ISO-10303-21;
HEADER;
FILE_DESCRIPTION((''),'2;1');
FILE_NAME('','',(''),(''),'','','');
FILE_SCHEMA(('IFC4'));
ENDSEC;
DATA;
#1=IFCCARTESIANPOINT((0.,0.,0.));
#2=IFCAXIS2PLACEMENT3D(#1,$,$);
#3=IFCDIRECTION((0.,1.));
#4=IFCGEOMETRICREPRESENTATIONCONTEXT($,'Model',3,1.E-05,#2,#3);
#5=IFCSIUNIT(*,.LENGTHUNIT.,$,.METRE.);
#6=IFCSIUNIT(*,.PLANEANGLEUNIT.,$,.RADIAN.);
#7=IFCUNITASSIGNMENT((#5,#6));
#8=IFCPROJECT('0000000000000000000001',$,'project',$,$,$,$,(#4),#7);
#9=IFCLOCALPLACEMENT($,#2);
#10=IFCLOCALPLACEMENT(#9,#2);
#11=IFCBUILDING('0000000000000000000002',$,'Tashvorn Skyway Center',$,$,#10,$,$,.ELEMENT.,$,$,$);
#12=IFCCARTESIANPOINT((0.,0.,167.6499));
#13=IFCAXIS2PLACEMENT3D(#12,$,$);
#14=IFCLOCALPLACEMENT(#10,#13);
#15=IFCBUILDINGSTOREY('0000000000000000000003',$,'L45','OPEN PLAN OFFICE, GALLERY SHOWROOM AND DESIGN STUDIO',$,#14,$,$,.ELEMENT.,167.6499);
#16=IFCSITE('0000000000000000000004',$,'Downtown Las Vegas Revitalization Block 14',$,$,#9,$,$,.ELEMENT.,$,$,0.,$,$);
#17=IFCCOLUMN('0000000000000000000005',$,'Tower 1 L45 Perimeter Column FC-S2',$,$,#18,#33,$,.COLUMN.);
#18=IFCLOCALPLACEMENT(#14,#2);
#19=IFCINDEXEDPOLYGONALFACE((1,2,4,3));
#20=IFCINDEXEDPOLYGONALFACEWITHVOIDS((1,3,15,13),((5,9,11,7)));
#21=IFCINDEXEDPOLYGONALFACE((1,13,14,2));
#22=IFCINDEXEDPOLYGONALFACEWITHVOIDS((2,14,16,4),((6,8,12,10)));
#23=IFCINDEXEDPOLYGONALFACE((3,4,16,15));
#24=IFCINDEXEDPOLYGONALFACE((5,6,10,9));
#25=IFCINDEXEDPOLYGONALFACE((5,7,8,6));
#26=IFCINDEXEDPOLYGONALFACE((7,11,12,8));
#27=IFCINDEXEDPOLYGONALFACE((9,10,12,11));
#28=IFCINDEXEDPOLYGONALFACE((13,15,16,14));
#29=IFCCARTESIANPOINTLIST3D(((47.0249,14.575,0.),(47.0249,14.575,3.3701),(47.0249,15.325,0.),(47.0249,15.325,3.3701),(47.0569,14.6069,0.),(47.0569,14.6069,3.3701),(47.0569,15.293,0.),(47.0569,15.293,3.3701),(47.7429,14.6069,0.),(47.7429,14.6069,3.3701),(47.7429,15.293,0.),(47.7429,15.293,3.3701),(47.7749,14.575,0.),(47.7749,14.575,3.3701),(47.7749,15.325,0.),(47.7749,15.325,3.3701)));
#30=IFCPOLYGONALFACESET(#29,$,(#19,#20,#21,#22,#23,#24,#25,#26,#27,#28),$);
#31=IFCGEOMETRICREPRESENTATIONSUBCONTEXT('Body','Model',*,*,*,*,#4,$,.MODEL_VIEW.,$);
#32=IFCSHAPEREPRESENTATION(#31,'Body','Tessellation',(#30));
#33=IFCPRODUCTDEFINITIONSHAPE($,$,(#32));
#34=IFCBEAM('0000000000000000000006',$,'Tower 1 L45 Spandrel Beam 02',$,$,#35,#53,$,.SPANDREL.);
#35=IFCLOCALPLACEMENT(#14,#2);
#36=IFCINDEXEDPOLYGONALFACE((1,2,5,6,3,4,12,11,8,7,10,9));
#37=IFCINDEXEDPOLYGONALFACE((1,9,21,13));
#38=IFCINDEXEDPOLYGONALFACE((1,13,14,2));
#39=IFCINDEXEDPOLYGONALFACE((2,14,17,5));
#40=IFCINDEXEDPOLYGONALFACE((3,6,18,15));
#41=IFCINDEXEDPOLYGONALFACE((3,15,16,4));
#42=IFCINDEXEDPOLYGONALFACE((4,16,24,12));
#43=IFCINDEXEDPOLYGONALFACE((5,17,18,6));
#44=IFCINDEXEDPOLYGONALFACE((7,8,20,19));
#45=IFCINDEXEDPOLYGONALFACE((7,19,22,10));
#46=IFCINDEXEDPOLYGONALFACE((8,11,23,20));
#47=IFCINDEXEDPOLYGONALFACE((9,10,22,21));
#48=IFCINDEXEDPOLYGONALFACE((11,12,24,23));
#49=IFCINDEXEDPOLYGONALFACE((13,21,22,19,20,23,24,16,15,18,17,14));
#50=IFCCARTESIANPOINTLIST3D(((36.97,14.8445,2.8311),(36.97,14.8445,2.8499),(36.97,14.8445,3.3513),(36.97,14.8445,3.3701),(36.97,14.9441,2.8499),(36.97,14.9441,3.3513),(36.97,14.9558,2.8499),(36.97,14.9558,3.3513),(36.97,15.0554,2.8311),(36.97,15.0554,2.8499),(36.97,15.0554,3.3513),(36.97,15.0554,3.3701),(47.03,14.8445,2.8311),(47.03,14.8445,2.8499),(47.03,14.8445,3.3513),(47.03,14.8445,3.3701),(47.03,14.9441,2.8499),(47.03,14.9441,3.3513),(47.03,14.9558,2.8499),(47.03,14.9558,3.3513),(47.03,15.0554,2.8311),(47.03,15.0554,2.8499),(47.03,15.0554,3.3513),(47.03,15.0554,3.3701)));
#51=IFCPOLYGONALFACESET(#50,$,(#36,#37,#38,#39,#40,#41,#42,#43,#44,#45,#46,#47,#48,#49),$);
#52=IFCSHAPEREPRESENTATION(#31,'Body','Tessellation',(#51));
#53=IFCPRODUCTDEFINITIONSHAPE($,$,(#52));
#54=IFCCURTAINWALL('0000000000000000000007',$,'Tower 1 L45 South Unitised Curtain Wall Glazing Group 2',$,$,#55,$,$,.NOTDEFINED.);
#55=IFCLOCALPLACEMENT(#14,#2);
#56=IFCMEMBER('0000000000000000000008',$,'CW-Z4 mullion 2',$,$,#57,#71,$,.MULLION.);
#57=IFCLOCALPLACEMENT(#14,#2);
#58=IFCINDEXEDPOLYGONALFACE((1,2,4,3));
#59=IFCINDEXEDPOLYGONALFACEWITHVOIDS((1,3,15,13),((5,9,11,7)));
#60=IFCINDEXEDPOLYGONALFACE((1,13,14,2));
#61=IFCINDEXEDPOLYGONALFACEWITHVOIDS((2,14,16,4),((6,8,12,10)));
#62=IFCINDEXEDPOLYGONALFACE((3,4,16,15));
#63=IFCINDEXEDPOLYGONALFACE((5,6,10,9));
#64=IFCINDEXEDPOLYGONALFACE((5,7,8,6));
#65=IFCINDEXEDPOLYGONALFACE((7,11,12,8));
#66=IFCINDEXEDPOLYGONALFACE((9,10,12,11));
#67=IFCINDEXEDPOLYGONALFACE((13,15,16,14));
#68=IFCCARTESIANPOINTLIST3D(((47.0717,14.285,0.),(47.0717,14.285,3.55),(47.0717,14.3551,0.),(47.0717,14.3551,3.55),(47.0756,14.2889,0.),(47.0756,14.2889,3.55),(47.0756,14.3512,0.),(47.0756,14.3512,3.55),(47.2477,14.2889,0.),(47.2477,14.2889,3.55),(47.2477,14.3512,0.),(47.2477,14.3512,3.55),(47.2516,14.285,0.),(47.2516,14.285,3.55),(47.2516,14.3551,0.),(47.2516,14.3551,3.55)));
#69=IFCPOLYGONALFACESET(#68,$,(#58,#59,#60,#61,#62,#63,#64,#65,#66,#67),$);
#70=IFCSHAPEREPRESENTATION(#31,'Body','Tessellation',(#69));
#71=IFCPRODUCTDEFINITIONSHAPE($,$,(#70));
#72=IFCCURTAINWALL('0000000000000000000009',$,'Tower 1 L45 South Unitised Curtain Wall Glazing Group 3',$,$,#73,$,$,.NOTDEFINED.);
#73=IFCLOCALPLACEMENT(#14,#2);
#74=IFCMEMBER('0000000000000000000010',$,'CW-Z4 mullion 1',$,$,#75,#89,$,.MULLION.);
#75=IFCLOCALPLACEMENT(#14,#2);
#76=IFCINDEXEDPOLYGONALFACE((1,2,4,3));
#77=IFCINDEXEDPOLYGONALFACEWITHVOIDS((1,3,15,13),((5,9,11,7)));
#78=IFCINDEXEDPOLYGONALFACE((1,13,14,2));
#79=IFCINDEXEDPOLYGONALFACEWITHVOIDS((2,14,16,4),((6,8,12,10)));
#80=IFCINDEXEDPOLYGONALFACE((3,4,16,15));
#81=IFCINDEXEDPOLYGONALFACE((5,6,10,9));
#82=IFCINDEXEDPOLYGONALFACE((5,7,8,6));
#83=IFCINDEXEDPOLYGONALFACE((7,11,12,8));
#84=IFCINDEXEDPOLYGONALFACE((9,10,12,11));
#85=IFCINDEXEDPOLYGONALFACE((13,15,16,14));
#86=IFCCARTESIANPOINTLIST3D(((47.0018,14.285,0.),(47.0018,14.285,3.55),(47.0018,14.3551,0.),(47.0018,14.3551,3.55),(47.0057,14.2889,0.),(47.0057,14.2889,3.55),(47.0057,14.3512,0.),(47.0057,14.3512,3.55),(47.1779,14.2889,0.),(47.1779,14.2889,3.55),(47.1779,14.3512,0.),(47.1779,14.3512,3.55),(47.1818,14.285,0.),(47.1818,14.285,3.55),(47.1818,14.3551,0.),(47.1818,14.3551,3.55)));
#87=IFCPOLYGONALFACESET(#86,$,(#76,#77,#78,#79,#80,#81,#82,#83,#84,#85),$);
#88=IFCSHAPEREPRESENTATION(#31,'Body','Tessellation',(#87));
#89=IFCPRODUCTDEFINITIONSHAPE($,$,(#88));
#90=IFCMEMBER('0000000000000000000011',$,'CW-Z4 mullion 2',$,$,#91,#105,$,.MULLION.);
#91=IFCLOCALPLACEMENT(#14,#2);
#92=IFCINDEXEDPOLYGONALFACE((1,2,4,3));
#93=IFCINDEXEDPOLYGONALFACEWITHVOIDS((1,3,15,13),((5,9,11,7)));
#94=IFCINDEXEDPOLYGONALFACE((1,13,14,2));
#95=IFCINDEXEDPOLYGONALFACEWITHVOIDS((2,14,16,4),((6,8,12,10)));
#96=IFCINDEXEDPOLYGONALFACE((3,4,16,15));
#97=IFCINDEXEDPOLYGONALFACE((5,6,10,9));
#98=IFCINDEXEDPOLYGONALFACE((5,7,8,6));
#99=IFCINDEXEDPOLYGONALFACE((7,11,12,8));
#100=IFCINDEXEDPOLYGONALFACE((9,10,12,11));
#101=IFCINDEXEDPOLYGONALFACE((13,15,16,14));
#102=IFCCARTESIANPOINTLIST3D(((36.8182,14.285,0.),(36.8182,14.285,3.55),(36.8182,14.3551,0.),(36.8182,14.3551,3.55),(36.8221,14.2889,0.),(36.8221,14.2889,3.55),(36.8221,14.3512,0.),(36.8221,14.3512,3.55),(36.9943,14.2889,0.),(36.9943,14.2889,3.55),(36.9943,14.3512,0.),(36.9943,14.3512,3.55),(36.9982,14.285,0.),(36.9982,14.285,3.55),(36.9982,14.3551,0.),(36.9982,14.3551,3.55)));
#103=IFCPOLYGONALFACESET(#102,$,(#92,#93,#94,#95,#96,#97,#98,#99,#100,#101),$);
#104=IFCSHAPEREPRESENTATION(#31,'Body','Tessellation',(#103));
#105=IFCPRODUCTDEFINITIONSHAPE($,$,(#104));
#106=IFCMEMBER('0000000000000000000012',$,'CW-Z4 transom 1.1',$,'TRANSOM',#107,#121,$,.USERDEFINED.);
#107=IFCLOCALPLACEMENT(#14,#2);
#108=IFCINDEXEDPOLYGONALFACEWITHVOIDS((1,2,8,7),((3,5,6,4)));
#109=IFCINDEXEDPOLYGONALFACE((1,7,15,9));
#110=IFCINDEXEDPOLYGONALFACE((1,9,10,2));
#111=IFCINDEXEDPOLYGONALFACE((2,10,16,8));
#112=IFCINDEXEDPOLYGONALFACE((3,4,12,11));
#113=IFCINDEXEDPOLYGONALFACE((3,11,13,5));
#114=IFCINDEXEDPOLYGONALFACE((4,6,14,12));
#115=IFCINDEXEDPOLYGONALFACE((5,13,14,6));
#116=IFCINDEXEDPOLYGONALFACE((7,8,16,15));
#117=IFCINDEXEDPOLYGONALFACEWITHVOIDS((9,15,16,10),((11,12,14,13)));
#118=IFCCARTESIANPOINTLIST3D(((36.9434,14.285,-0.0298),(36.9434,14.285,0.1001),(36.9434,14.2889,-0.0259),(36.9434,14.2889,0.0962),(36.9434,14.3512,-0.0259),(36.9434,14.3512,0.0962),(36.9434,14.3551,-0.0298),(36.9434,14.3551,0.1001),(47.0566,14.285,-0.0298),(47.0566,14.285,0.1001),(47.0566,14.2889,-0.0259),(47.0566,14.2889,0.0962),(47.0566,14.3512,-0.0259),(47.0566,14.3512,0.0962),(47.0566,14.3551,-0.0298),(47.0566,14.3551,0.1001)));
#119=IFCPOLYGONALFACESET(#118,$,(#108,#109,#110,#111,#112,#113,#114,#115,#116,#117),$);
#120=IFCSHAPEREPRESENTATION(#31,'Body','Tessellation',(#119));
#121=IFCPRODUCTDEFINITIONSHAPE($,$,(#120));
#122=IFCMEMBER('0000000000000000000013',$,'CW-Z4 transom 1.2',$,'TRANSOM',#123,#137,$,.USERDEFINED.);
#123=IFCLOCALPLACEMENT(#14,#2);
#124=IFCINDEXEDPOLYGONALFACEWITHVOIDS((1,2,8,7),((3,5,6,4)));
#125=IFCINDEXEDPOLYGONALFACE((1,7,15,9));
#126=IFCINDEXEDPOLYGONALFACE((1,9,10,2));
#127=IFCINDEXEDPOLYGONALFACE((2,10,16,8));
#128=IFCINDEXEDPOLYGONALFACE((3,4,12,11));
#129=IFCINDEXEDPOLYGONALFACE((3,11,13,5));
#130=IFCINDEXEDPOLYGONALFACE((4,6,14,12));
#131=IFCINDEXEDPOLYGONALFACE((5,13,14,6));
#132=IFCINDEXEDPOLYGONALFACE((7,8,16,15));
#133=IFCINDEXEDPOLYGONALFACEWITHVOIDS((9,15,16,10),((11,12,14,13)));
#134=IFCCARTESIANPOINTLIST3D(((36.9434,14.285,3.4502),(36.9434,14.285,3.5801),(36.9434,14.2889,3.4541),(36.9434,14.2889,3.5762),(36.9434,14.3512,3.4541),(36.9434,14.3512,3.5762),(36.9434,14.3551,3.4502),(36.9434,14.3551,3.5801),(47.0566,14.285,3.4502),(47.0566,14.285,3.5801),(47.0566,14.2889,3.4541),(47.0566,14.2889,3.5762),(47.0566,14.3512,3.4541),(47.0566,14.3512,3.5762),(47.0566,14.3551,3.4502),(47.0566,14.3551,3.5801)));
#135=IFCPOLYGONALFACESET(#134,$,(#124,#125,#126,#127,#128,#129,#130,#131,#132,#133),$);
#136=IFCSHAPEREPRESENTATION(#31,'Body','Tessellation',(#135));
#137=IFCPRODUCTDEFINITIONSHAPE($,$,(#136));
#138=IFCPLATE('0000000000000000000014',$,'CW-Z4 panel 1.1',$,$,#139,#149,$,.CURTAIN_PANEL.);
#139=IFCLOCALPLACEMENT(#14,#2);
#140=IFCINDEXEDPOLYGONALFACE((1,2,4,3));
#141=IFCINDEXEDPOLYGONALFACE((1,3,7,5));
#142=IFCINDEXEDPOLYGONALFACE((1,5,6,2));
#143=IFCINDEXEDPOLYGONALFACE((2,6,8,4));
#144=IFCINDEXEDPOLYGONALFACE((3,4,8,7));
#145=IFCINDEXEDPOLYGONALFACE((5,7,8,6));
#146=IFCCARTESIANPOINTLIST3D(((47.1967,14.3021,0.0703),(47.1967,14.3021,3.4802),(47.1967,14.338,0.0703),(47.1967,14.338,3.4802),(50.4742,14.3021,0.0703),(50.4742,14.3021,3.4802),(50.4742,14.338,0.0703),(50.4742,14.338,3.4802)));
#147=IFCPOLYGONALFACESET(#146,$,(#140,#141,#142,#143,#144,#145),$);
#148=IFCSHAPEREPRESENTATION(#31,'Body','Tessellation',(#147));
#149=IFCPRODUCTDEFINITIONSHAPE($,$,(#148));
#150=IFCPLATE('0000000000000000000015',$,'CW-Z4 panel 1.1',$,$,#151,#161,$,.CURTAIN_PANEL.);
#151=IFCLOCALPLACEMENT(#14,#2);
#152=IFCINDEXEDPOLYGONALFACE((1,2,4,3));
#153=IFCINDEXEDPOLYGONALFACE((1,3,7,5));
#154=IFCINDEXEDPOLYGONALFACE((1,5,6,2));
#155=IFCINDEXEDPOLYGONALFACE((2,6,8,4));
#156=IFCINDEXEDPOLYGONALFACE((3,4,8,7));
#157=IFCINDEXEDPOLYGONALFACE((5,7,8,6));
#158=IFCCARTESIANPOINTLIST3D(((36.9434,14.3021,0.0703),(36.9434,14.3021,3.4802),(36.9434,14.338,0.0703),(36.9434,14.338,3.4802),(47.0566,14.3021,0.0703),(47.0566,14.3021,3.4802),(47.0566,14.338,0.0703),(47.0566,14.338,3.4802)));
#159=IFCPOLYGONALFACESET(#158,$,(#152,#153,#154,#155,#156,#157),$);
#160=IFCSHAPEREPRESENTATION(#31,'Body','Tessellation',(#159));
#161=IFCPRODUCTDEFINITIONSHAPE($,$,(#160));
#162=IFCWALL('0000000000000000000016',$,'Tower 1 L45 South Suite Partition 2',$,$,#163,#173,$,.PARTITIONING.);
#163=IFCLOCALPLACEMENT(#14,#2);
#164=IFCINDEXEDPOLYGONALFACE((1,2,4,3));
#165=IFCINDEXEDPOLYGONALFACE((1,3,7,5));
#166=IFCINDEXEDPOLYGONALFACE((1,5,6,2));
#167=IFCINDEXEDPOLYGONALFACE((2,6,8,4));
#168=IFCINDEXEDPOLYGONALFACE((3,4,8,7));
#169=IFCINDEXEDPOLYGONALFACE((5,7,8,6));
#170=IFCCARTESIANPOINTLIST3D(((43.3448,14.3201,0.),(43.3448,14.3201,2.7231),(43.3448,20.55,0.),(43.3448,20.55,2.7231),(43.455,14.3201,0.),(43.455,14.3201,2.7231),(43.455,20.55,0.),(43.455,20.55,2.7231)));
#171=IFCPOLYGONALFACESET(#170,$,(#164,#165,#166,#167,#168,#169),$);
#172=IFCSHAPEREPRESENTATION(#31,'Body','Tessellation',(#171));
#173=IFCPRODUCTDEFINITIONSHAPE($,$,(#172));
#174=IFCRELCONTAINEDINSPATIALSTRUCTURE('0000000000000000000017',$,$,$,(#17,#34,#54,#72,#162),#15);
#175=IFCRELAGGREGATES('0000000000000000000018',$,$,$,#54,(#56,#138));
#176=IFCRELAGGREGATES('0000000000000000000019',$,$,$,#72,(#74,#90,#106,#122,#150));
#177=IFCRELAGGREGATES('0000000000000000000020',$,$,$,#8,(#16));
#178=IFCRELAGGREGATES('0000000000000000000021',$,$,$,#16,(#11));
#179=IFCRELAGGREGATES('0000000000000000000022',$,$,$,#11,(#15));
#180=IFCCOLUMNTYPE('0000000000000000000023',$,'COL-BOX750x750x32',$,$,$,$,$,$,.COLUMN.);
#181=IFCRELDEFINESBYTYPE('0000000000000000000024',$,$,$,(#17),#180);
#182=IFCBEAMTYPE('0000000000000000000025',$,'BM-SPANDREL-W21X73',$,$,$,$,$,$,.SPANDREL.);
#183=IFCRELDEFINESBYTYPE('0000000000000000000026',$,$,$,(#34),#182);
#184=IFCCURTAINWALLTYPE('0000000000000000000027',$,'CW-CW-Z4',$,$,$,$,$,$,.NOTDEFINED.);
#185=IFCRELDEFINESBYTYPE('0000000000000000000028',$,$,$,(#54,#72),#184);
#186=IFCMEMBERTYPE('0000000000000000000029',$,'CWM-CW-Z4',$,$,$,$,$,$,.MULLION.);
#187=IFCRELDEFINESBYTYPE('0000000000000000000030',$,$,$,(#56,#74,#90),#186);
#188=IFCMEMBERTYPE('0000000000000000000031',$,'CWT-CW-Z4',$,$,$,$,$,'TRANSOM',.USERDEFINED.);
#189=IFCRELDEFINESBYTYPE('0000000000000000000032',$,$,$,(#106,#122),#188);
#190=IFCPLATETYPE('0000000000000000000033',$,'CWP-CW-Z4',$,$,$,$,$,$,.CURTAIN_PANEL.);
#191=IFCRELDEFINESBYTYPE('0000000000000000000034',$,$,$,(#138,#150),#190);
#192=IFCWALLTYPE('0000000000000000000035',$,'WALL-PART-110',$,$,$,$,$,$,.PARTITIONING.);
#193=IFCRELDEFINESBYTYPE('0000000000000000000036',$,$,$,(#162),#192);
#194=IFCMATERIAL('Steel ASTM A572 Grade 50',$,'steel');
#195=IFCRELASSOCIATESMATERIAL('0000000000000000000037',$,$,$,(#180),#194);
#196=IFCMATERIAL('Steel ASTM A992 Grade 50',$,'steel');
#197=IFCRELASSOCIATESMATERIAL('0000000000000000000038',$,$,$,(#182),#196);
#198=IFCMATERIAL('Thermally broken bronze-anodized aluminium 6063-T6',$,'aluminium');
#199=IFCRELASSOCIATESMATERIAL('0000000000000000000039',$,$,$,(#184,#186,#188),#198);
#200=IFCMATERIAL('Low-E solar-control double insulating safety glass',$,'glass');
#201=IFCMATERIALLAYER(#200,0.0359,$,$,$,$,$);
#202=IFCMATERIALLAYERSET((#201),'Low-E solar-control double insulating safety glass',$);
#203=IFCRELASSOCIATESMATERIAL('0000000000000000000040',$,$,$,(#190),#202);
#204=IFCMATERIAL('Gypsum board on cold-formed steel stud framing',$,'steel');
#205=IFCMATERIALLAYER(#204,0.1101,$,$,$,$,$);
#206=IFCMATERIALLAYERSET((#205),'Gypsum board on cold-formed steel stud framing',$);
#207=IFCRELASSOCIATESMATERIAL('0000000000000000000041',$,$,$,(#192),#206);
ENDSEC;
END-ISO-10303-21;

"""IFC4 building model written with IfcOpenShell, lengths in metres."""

from ifc_helpers import new_model, si_unit, direction, frame, frame_2d, origin, origin_2d, place, context, subcontext, project, spatial, rectangle, hollow_rectangle, i_section, extrude, material, layer, layer_set, material_profile, profile_set, type_object, element, aggregate, save


model = new_model("IFC4")

# Units and contexts
model_context = context("Model", 3, precision=1e-05, world=origin(), true_north=direction((0.0, 1.0)))
body_context = subcontext(model_context, "Body", "Model", "MODEL_VIEW")
ifc_project = project(units=[si_unit("LENGTHUNIT", "METRE"), si_unit("PLANEANGLEUNIT", "RADIAN")], contexts=[model_context])

# Site, building, storey
site_placement = place(None, origin())
site = spatial("IfcSite", under=ifc_project, at=site_placement, Name="Downtown Las Vegas Revitalization Block 14", CompositionType="ELEMENT", RefElevation=0.0)
building_placement = place(site_placement, origin())
building = spatial("IfcBuilding", under=site, at=building_placement, Name="Tashvorn Skyway Center", CompositionType="ELEMENT")
storey_placement = place(building_placement, frame((0.0, 0.0, 167.6499)))
storey = spatial("IfcBuildingStorey", under=building, at=storey_placement, Name="L45", Description="OPEN PLAN OFFICE, GALLERY SHOWROOM AND DESIGN STUDIO", CompositionType="ELEMENT", Elevation=167.6499)

# Column
ifc_material_1 = material(Name="Steel ASTM A572 Grade 50", Category="steel")
ifc_material_profile_1 = material_profile(ifc_material_1, hollow_rectangle(XDim=0.75, YDim=0.75, WallThickness=0.032, at=origin_2d()), Name="BOX750x750x32")
ifc_profile_set_1 = profile_set([ifc_material_profile_1], Name="Steel ASTM A572 Grade 50")
column_type = type_object("IfcColumnType", Name="COL-BOX750x750x32", PredefinedType="COLUMN", material=ifc_profile_set_1)
column_placement = place(storey_placement, frame((47.3999, 14.95, 0.0), z_axis=(0.0, 0.0, 1.0), x_axis=(1.0, 0.0, 0.0)))
element("IfcColumn", 1, at=column_placement, inside=storey, type_object=column_type, Name="Tower 1 L45 Perimeter Column FC-S2", PredefinedType="COLUMN", context=body_context, shape_type="SweptSolid", body=[
    extrude(hollow_rectangle(XDim=0.75, YDim=0.75, WallThickness=0.032, at=origin_2d()), origin(), (0.0, 0.0, 1.0), 3.3701),
])

# Beam
ifc_material_2 = material(Name="Steel ASTM A992 Grade 50", Category="steel")
ifc_material_profile_2 = material_profile(ifc_material_2, i_section(OverallWidth=0.2109, OverallDepth=0.5391, WebThickness=0.0117, FlangeThickness=0.0188, at=origin_2d()), Name="W21X73")
ifc_profile_set_2 = profile_set([ifc_material_profile_2], Name="Steel ASTM A992 Grade 50")
beam_type = type_object("IfcBeamType", Name="BM-SPANDREL-W21X73", PredefinedType="SPANDREL", material=ifc_profile_set_2)
beam_placement = place(storey_placement, frame((36.97, 14.95, 3.1006), z_axis=(1.0, 0.0, 0.0), x_axis=(0.0, 1.0, 0.0)))
element("IfcBeam", 2, at=beam_placement, inside=storey, type_object=beam_type, Name="Tower 1 L45 Spandrel Beam 02", PredefinedType="SPANDREL", context=body_context, shape_type="SweptSolid", body=[
    extrude(i_section(OverallWidth=0.2109, OverallDepth=0.5391, WebThickness=0.0117, FlangeThickness=0.0188, at=origin_2d()), origin(), (0.0, 0.0, 1.0), 10.0601),
])

# Curtain wall, member
ifc_material_3 = material(Name="Thermally broken bronze-anodized aluminium 6063-T6", Category="aluminium")
curtain_wall_type = type_object("IfcCurtainWallType", Name="CW-CW-Z4", PredefinedType="NOTDEFINED", material=ifc_material_3)
curtain_wall_1_placement = place(storey_placement, origin())
curtain_wall_1 = element("IfcCurtainWall", 3, at=curtain_wall_1_placement, inside=storey, type_object=curtain_wall_type, Name="Tower 1 L45 South Unitised Curtain Wall Glazing Group 2", PredefinedType="NOTDEFINED")
ifc_material_profile_3 = material_profile(ifc_material_3, hollow_rectangle(XDim=0.0701, YDim=0.1799, WallThickness=0.0039, at=origin_2d()), Name="ALU-MULL-70x180")
ifc_profile_set_3 = profile_set([ifc_material_profile_3], Name="Thermally broken bronze-anodized aluminium 6063-T6")
member_type_1 = type_object("IfcMemberType", Name="CWM-CW-Z4", PredefinedType="MULLION", material=ifc_profile_set_3)
member_1_placement = place(storey_placement, frame((47.1616, 14.3201, 0.0), z_axis=(0.0, 0.0, 1.0), x_axis=(0.0, -1.0, 0.0)))
member_1 = element("IfcMember", 4, at=member_1_placement, type_object=member_type_1, Name="CW-Z4 mullion 2", PredefinedType="MULLION", context=body_context, shape_type="SweptSolid", body=[
    extrude(hollow_rectangle(XDim=0.0701, YDim=0.1799, WallThickness=0.0039, at=origin_2d()), origin(), (0.0, 0.0, 1.0), 3.55),
])

# Curtain wall, members
curtain_wall_2_placement = place(storey_placement, origin())
curtain_wall_2 = element("IfcCurtainWall", 5, at=curtain_wall_2_placement, inside=storey, type_object=curtain_wall_type, Name="Tower 1 L45 South Unitised Curtain Wall Glazing Group 3", PredefinedType="NOTDEFINED")
member_2_placement = place(storey_placement, frame((47.0918, 14.3201, 0.0), z_axis=(0.0, 0.0, 1.0), x_axis=(0.0, -1.0, 0.0)))
member_2 = element("IfcMember", 6, at=member_2_placement, type_object=member_type_1, Name="CW-Z4 mullion 1", PredefinedType="MULLION", context=body_context, shape_type="SweptSolid", body=[
    extrude(hollow_rectangle(XDim=0.0701, YDim=0.1799, WallThickness=0.0039, at=origin_2d()), origin(), (0.0, 0.0, 1.0), 3.55),
])
member_3_placement = place(storey_placement, frame((36.9082, 14.3201, 0.0), z_axis=(0.0, 0.0, 1.0), x_axis=(0.0, -1.0, 0.0)))
member_3 = element("IfcMember", 7, at=member_3_placement, type_object=member_type_1, Name="CW-Z4 mullion 2", PredefinedType="MULLION", context=body_context, shape_type="SweptSolid", body=[
    extrude(hollow_rectangle(XDim=0.0701, YDim=0.1799, WallThickness=0.0039, at=origin_2d()), origin(), (0.0, 0.0, 1.0), 3.55),
])
ifc_material_profile_4 = material_profile(ifc_material_3, hollow_rectangle(XDim=0.0701, YDim=0.1299, WallThickness=0.0039, at=origin_2d()), Name="ALU-TRAN-70x130")
ifc_profile_set_4 = profile_set([ifc_material_profile_4], Name="Thermally broken bronze-anodized aluminium 6063-T6")
member_type_2 = type_object("IfcMemberType", Name="CWT-CW-Z4", ElementType="TRANSOM", PredefinedType="USERDEFINED", material=ifc_profile_set_4)
member_4_placement = place(storey_placement, frame((47.0566, 14.3201, 0.0352), z_axis=(-1.0, 0.0, 0.0), x_axis=(0.0, -1.0, 0.0)))
member_4 = element("IfcMember", 8, at=member_4_placement, type_object=member_type_2, Name="CW-Z4 transom 1.1", ObjectType="TRANSOM", PredefinedType="USERDEFINED", context=body_context, shape_type="SweptSolid", body=[
    extrude(hollow_rectangle(XDim=0.0701, YDim=0.1299, WallThickness=0.0039, at=origin_2d()), origin(), (0.0, 0.0, 1.0), 10.1133),
])
member_5_placement = place(storey_placement, frame((47.0566, 14.3201, 3.5151), z_axis=(-1.0, 0.0, 0.0), x_axis=(0.0, -1.0, 0.0)))
member_5 = element("IfcMember", 9, at=member_5_placement, type_object=member_type_2, Name="CW-Z4 transom 1.2", ObjectType="TRANSOM", PredefinedType="USERDEFINED", context=body_context, shape_type="SweptSolid", body=[
    extrude(hollow_rectangle(XDim=0.0701, YDim=0.1299, WallThickness=0.0039, at=origin_2d()), origin(), (0.0, 0.0, 1.0), 10.1133),
])

# Plates
ifc_material_4 = material(Name="Low-E solar-control double insulating safety glass", Category="glass")
ifc_layer_1 = layer(ifc_material_4, 0.0359)
ifc_layer_set_1 = layer_set([ifc_layer_1], Name="Low-E solar-control double insulating safety glass")
plate_type = type_object("IfcPlateType", Name="CWP-CW-Z4", PredefinedType="CURTAIN_PANEL", material=ifc_layer_set_1)
plate_1_placement = place(storey_placement, frame((48.8354, 14.3201, 0.0703), z_axis=(0.0, 0.0, 1.0), x_axis=(-1.0, 0.0, 0.0)))
plate_1 = element("IfcPlate", 10, at=plate_1_placement, type_object=plate_type, Name="CW-Z4 panel 1.1", PredefinedType="CURTAIN_PANEL", context=body_context, shape_type="SweptSolid", body=[
    extrude(rectangle(XDim=3.2776, YDim=0.0359, at=origin_2d()), origin(), (0.0, 0.0, 1.0), 3.4099),
])
aggregate(curtain_wall_1, [member_1, plate_1])
plate_2_placement = place(storey_placement, frame((42.0, 14.3201, 0.0703), z_axis=(0.0, 0.0, 1.0), x_axis=(-1.0, 0.0, 0.0)))
plate_2 = element("IfcPlate", 11, at=plate_2_placement, type_object=plate_type, Name="CW-Z4 panel 1.1", PredefinedType="CURTAIN_PANEL", context=body_context, shape_type="SweptSolid", body=[
    extrude(rectangle(XDim=10.1133, YDim=0.0359, at=origin_2d()), origin(), (0.0, 0.0, 1.0), 3.4099),
])
aggregate(curtain_wall_2, [member_2, member_3, member_4, member_5, plate_2])

# Wall
ifc_material_5 = material(Name="Gypsum board on cold-formed steel stud framing", Category="steel")
ifc_layer_2 = layer(ifc_material_5, 0.1101)
ifc_layer_set_2 = layer_set([ifc_layer_2], Name="Gypsum board on cold-formed steel stud framing")
wall_type = type_object("IfcWallType", Name="WALL-PART-110", PredefinedType="PARTITIONING", material=ifc_layer_set_2)
wall_placement = place(storey_placement, frame((43.3999, 14.3201, 0.0), z_axis=(0.0, 0.0, 1.0), x_axis=(0.0, 1.0, 0.0)))
element("IfcWall", 12, at=wall_placement, inside=storey, type_object=wall_type, Name="Tower 1 L45 South Suite Partition 2", PredefinedType="PARTITIONING", context=body_context, shape_type="SweptSolid", body=[
    extrude(rectangle(XDim=6.23, YDim=0.1101, at=frame_2d((3.115, 0.0))), origin(), (0.0, 0.0, 1.0), 2.7231),
])

save(model, "model.ifc")
